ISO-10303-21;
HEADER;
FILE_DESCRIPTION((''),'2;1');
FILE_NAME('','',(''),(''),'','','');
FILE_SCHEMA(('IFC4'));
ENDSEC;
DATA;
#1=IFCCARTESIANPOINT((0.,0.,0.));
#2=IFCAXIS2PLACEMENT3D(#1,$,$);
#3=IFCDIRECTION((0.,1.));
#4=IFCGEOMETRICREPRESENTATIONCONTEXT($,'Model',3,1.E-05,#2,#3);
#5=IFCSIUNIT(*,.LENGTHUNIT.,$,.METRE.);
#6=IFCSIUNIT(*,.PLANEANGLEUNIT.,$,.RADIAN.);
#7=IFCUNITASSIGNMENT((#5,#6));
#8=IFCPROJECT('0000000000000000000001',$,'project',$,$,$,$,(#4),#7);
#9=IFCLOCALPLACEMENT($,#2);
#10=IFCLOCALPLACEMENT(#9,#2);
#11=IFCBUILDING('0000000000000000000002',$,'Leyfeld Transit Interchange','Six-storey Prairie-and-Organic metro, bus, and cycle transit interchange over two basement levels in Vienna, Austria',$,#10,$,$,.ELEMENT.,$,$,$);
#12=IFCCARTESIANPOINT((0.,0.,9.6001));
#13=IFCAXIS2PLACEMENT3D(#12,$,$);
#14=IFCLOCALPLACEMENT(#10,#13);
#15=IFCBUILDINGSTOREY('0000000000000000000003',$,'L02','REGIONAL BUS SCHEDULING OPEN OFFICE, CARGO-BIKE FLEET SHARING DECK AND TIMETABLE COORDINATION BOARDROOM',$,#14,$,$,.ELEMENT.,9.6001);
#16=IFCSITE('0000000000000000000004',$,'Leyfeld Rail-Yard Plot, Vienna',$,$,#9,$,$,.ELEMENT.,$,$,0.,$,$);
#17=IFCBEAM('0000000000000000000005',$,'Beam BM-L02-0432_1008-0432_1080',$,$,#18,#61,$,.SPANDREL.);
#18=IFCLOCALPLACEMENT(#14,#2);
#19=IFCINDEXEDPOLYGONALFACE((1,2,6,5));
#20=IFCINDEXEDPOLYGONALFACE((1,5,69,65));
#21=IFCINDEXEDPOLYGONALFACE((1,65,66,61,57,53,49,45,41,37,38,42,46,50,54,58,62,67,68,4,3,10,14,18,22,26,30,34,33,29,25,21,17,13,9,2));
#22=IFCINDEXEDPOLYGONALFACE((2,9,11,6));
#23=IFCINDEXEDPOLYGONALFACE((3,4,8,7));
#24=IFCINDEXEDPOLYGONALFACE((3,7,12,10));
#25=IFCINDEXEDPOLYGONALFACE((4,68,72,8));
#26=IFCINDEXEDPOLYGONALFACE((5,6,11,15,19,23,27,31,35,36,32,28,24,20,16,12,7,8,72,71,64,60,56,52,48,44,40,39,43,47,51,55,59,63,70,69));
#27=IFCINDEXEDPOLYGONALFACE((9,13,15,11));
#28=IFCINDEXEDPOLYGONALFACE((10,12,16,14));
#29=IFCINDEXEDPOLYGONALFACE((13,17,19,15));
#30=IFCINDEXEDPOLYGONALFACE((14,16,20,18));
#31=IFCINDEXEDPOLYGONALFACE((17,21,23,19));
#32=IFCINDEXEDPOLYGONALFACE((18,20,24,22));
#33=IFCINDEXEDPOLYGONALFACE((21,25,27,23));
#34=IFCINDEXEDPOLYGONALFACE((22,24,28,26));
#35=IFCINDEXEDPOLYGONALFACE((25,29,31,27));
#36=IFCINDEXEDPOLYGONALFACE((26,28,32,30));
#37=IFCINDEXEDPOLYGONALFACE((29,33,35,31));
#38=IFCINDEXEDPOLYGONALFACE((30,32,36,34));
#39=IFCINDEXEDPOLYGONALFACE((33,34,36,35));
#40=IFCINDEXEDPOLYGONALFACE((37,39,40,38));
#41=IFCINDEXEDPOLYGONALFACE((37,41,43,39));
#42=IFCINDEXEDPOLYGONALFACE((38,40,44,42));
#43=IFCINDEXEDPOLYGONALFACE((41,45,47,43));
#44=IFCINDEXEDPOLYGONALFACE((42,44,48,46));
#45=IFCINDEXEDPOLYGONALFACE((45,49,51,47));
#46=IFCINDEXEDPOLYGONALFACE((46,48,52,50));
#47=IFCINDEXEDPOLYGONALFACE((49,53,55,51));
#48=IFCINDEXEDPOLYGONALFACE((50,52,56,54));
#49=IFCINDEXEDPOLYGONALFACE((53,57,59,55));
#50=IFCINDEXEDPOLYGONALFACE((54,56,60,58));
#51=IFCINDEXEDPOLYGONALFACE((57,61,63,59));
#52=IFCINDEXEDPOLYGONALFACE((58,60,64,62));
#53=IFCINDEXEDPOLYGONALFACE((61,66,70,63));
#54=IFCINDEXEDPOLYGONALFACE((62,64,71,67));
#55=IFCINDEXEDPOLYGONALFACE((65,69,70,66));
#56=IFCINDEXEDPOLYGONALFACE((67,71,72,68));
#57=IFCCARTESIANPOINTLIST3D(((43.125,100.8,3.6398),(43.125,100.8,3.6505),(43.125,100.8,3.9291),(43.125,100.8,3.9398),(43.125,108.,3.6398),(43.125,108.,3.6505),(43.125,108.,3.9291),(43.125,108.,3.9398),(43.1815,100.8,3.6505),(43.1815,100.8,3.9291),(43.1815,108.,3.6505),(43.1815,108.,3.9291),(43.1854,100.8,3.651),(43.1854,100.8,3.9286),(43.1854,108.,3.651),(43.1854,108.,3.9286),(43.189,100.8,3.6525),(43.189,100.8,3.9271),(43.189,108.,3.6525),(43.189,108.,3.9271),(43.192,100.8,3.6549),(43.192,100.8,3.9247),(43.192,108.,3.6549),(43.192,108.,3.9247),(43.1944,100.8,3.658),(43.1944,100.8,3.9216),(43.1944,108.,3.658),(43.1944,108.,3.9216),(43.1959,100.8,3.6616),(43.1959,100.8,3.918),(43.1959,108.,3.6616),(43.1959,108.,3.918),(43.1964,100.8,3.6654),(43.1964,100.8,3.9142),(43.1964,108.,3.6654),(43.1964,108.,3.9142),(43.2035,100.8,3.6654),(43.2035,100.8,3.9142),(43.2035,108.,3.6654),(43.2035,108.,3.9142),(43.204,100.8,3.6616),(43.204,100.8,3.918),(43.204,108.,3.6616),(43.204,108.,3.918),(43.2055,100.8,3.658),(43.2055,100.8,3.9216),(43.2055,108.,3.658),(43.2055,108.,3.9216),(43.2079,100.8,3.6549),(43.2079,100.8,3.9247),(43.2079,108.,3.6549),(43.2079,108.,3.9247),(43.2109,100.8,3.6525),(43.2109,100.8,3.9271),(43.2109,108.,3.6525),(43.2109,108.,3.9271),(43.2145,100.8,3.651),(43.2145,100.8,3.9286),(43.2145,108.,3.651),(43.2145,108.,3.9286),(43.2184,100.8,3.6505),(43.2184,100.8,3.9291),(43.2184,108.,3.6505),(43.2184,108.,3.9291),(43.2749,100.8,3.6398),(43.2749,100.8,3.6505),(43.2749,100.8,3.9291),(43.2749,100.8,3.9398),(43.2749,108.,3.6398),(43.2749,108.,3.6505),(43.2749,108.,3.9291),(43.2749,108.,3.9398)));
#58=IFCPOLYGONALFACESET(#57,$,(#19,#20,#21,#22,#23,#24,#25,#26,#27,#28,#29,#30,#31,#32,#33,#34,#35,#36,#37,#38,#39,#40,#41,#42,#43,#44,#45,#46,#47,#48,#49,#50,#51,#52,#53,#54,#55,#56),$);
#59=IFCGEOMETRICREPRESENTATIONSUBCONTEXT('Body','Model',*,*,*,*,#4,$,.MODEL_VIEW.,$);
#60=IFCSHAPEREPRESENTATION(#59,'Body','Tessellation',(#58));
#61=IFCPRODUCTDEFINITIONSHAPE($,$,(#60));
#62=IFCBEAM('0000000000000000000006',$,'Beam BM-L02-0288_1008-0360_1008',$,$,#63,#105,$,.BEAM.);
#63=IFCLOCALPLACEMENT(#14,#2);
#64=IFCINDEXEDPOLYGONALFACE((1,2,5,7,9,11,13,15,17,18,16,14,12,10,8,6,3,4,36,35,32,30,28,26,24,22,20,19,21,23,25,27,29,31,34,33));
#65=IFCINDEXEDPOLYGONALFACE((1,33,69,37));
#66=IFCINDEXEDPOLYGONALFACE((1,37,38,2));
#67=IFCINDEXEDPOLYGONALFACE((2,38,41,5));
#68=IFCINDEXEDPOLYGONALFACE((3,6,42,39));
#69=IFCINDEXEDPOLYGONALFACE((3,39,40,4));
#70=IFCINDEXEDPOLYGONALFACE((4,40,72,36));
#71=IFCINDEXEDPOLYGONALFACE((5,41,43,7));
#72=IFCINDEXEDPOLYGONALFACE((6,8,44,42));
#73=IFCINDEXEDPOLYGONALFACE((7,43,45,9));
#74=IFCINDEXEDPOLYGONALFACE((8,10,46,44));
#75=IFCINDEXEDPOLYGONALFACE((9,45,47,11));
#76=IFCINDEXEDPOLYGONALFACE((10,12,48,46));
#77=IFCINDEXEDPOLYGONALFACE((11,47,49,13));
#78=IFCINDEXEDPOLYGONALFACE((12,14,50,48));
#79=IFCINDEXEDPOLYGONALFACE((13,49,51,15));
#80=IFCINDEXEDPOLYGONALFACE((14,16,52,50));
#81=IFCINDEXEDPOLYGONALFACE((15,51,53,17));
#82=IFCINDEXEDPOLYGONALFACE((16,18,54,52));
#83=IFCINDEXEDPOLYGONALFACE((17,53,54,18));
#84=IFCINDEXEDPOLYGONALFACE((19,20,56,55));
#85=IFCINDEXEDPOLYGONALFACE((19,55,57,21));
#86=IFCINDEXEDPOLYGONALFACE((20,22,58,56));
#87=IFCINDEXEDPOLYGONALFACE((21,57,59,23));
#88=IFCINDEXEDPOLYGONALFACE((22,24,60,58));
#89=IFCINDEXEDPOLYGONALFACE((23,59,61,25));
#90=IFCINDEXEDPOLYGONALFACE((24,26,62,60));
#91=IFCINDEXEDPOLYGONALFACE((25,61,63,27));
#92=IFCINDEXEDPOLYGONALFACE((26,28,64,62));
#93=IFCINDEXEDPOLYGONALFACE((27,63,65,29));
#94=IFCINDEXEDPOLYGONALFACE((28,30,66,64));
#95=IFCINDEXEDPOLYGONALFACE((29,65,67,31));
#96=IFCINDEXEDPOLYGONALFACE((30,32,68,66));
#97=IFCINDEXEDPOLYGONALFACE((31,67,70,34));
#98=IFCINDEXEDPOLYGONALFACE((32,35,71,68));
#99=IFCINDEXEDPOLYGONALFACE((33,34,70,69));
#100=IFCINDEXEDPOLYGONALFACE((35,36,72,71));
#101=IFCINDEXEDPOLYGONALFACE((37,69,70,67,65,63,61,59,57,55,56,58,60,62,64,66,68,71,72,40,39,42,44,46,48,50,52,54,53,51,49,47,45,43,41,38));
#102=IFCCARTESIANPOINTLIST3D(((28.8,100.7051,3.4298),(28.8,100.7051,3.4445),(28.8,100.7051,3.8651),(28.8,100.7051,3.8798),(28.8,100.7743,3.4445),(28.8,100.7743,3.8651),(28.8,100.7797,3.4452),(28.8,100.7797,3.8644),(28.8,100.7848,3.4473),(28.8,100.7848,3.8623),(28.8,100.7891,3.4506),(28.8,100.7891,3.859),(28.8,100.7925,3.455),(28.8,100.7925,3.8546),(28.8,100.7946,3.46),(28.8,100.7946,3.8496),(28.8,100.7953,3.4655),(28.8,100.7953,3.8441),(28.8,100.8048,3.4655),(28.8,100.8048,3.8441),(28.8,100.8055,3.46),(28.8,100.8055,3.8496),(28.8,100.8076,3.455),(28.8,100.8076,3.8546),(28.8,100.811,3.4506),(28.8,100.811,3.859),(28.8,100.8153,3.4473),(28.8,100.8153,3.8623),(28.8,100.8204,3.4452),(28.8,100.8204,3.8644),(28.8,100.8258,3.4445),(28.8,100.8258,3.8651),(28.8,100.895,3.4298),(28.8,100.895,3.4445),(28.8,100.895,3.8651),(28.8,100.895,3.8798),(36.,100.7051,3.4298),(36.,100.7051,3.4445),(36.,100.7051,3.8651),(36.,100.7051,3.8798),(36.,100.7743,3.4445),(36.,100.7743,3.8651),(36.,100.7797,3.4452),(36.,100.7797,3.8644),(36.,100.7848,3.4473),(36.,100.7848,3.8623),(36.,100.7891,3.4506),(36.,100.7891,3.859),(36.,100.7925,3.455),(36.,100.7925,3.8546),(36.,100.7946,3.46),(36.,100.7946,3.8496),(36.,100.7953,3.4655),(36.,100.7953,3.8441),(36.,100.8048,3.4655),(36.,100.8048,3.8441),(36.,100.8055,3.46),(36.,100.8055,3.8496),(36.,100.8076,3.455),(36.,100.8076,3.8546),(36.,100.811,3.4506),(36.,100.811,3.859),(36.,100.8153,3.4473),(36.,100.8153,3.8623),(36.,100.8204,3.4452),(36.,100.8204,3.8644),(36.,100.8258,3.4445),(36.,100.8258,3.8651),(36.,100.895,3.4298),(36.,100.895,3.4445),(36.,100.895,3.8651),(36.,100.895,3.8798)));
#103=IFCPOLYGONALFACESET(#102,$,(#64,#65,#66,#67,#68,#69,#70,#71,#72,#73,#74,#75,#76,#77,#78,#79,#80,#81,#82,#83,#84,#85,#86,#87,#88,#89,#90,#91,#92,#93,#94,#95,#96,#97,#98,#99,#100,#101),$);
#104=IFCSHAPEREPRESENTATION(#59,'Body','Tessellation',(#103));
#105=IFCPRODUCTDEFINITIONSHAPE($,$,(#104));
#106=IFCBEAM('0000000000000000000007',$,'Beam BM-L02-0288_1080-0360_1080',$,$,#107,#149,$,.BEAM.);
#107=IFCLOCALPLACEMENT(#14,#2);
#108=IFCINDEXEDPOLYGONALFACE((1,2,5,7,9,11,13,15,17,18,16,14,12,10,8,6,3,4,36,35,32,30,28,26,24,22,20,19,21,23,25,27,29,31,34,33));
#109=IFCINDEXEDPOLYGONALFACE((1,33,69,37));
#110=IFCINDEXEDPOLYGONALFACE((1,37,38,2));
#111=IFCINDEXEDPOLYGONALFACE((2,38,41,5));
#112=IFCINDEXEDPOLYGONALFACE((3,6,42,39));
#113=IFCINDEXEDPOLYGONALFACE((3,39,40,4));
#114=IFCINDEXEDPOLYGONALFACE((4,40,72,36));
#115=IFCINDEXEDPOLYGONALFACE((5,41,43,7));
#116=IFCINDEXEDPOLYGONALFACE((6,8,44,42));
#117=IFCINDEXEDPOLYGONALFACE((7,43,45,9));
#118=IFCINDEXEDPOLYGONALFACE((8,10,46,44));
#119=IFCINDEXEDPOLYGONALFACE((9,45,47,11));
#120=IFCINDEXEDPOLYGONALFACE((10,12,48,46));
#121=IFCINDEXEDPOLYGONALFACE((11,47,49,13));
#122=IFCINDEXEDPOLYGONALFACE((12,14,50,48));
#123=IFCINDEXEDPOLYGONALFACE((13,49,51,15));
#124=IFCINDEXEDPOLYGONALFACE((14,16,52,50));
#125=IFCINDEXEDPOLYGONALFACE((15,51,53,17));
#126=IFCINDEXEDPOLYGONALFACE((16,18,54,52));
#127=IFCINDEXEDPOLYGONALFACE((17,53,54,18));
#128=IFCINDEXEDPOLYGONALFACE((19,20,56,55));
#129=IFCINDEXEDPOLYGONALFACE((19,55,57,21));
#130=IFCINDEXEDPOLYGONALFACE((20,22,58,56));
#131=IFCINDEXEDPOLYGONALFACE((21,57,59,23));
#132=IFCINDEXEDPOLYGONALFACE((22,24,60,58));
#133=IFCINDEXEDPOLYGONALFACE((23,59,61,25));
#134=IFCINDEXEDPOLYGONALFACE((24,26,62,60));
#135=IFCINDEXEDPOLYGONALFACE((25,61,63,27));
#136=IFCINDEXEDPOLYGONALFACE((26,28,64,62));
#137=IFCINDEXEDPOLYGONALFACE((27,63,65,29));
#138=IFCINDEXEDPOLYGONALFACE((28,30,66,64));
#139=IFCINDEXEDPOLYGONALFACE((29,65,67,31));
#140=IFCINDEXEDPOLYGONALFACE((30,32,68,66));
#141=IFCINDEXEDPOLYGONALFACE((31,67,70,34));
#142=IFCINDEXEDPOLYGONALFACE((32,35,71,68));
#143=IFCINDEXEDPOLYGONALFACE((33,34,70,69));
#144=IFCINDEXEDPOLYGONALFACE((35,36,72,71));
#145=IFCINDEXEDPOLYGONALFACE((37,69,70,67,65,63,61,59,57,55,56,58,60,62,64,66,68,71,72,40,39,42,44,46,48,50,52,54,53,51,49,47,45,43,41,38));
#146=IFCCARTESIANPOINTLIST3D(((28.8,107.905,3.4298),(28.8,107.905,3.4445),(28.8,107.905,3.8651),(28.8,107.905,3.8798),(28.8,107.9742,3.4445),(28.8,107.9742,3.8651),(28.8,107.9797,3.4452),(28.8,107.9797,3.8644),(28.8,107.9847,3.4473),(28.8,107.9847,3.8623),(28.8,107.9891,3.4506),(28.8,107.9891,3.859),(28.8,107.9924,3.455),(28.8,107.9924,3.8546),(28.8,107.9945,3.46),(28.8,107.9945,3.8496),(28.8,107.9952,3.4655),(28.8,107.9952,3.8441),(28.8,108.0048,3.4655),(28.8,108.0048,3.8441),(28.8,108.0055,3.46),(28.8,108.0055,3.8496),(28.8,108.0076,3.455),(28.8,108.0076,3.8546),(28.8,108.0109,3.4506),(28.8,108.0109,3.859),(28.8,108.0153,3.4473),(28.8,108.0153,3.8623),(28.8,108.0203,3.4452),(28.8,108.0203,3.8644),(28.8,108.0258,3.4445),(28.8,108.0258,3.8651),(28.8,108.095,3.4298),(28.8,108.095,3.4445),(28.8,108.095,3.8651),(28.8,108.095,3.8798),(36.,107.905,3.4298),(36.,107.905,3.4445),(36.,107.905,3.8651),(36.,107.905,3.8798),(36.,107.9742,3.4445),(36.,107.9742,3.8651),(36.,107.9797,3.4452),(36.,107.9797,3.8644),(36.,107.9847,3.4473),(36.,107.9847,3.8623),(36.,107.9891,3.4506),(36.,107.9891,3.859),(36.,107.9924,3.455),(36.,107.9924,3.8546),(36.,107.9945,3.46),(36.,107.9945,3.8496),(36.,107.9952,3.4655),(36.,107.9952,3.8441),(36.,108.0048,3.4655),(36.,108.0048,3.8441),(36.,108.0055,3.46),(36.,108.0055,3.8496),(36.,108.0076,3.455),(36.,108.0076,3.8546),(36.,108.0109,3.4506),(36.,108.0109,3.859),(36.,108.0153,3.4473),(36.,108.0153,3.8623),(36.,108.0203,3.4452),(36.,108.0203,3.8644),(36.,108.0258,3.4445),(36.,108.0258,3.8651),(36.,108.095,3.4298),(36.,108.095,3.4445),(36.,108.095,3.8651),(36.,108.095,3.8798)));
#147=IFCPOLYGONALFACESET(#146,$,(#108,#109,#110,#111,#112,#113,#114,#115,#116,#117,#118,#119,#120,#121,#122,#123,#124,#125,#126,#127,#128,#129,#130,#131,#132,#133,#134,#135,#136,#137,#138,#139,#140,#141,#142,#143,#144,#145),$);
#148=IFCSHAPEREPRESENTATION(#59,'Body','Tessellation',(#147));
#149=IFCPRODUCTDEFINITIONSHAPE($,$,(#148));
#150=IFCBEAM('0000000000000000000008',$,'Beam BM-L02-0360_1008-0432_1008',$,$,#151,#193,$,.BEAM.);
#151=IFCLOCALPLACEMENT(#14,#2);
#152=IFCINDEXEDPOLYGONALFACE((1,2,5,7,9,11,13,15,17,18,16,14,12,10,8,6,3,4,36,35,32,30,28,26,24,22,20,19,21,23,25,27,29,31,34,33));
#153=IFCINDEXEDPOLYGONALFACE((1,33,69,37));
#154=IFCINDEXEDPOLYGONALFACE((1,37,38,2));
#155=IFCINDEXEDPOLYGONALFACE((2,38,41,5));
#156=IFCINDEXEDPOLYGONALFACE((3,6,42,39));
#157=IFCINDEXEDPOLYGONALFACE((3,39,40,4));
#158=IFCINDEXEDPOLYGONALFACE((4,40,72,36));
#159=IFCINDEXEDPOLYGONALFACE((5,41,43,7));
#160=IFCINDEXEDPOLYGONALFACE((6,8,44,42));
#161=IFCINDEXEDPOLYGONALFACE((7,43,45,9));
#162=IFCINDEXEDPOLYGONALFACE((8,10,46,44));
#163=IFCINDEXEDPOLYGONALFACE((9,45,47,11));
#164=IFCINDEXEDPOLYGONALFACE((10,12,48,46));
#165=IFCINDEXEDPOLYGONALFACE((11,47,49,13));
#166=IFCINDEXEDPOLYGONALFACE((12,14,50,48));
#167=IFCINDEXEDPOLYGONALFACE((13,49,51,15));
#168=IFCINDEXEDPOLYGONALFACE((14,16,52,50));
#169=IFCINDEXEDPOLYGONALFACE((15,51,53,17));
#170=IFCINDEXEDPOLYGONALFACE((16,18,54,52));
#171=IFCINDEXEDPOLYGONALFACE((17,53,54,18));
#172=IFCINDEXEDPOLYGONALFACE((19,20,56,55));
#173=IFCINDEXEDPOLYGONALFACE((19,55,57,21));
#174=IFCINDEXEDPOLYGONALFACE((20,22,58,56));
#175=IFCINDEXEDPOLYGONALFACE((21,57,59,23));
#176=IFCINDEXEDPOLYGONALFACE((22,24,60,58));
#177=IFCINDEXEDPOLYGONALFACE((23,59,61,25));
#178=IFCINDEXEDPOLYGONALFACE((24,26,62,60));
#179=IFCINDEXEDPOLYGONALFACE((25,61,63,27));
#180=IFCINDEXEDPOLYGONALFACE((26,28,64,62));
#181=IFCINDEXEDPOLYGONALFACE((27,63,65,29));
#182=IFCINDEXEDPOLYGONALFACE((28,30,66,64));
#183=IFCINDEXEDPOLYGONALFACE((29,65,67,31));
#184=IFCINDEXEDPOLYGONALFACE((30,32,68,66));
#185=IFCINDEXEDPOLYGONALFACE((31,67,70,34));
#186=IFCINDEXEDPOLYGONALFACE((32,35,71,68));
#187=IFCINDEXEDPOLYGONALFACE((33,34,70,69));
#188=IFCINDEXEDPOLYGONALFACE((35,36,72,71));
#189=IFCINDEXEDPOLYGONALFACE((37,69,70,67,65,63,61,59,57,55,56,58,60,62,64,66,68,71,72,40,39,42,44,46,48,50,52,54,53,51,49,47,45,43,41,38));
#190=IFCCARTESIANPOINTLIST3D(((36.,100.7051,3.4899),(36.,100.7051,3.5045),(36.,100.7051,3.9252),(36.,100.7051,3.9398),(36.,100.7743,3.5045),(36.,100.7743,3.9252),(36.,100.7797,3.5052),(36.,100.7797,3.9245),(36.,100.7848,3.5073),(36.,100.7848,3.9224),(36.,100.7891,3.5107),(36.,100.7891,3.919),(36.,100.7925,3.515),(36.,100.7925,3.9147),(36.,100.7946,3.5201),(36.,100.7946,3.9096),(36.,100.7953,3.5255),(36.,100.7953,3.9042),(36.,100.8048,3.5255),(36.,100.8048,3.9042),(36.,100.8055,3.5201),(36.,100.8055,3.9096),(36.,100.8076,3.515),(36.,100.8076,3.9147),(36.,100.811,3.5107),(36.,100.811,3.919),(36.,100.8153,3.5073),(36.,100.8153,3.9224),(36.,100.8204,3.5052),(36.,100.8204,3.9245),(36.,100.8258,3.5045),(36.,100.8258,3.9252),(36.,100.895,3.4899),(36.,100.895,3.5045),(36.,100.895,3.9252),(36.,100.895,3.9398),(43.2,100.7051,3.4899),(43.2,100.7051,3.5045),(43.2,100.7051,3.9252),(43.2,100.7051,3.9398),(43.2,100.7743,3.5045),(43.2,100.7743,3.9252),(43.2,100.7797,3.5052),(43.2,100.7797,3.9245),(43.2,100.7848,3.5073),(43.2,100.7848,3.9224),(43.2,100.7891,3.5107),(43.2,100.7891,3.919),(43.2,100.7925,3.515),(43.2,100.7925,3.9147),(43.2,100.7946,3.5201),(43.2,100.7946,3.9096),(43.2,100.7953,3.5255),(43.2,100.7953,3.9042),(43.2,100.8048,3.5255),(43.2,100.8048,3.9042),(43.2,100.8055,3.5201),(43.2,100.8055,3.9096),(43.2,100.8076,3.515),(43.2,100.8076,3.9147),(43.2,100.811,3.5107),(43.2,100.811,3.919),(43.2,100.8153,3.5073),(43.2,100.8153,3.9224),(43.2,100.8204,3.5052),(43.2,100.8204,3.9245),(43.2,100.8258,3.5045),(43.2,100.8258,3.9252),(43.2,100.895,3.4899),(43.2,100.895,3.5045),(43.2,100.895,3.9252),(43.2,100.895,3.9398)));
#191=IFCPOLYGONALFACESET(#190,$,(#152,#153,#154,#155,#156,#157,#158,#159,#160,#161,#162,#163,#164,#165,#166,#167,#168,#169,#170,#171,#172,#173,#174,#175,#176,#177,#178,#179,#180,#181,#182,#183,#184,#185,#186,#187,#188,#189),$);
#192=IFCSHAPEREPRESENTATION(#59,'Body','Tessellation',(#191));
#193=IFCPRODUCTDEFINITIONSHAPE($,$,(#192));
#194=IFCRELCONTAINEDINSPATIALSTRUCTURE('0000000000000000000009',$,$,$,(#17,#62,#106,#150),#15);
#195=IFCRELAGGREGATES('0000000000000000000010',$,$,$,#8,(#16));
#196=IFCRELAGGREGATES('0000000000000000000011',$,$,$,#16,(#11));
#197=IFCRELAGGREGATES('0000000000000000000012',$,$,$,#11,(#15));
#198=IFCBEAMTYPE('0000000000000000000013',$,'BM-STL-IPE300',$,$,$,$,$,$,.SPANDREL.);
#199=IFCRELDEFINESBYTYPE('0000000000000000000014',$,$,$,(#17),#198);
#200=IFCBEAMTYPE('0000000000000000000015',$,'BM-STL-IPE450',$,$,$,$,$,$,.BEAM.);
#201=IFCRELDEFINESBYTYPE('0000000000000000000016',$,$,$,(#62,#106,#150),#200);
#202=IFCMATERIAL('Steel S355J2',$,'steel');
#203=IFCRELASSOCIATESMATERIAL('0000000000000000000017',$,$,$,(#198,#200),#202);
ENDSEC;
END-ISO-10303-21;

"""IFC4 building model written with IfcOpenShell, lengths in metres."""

from ifc_helpers import new_model, si_unit, direction, frame, origin, origin_2d, place, context, subcontext, project, spatial, i_section, extrude, material, material_profile, profile_set, type_object, element, save


model = new_model("IFC4")

# Units and contexts
model_context = context("Model", 3, precision=1e-05, world=origin(), true_north=direction((0.0, 1.0)))
body_context = subcontext(model_context, "Body", "Model", "MODEL_VIEW")
ifc_project = project(units=[si_unit("LENGTHUNIT", "METRE"), si_unit("PLANEANGLEUNIT", "RADIAN")], contexts=[model_context])

# Site, building, storey
site_placement = place(None, origin())
site = spatial("IfcSite", under=ifc_project, at=site_placement, Name="Leyfeld Rail-Yard Plot, Vienna", CompositionType="ELEMENT", RefElevation=0.0)
building_placement = place(site_placement, origin())
building = spatial("IfcBuilding", under=site, at=building_placement, Name="Leyfeld Transit Interchange", Description="Six-storey Prairie-and-Organic metro, bus, and cycle transit interchange over two basement levels in Vienna, Austria", CompositionType="ELEMENT")
storey_placement = place(building_placement, frame((0.0, 0.0, 9.6001)))
storey = spatial("IfcBuildingStorey", under=building, at=storey_placement, Name="L02", Description="REGIONAL BUS SCHEDULING OPEN OFFICE, CARGO-BIKE FLEET SHARING DECK AND TIMETABLE COORDINATION BOARDROOM", CompositionType="ELEMENT", Elevation=9.6001)

# Beams
ifc_material_1 = material(Name="Steel S355J2", Category="steel")
ifc_material_profile_1 = material_profile(ifc_material_1, i_section(OverallWidth=0.1499, OverallDepth=0.3, WebThickness=0.0071, FlangeThickness=0.0107, FilletRadius=0.0149, at=origin_2d()), Name="IPE 300")
ifc_profile_set_1 = profile_set([ifc_material_profile_1], Name="Steel S355J2")
beam_type_1 = type_object("IfcBeamType", Name="BM-STL-IPE300", PredefinedType="SPANDREL", material=ifc_profile_set_1)
for number, where, z_axis, x_axis, name in (
    (1, (43.2, 100.8, 3.7898), (0.0, 1.0, 0.0), (-1.0, 0.0, 0.0), "Beam BM-L02-0432_1008-0432_1080"),
):
    element("IfcBeam", number, at=place(storey_placement, frame(where, z_axis=z_axis, x_axis=x_axis)), inside=storey, type_object=beam_type_1, Name=name, PredefinedType="SPANDREL", context=body_context, shape_type="SweptSolid", body=[
        extrude(i_section(OverallWidth=0.1499, OverallDepth=0.3, WebThickness=0.0071, FlangeThickness=0.0107, FilletRadius=0.0149, at=origin_2d()), origin(), (0.0, 0.0, 1.0), 7.2),
    ])
ifc_material_profile_2 = material_profile(ifc_material_1, i_section(OverallWidth=0.1899, OverallDepth=0.45, WebThickness=0.0095, FlangeThickness=0.0146, FilletRadius=0.021, at=origin_2d()), Name="IPE 450")
ifc_profile_set_2 = profile_set([ifc_material_profile_2], Name="Steel S355J2")
beam_type_2 = type_object("IfcBeamType", Name="BM-STL-IPE450", PredefinedType="BEAM", material=ifc_profile_set_2)
for number, where, z_axis, x_axis, name in (
    (2, (28.8, 100.8, 3.6548), (1.0, 0.0, 0.0), (0.0, 1.0, 0.0), "Beam BM-L02-0288_1008-0360_1008"),
    (3, (28.8, 108.0, 3.6548), (1.0, 0.0, 0.0), (0.0, 1.0, 0.0), "Beam BM-L02-0288_1080-0360_1080"),
    (4, (36.0, 100.8, 3.7148), (1.0, 0.0, 0.0), (0.0, 1.0, 0.0), "Beam BM-L02-0360_1008-0432_1008"),
):
    element("IfcBeam", number, at=place(storey_placement, frame(where, z_axis=z_axis, x_axis=x_axis)), inside=storey, type_object=beam_type_2, Name=name, PredefinedType="BEAM", context=body_context, shape_type="SweptSolid", body=[
        extrude(i_section(OverallWidth=0.1899, OverallDepth=0.45, WebThickness=0.0095, FlangeThickness=0.0146, FilletRadius=0.021, at=origin_2d()), origin(), (0.0, 0.0, 1.0), 7.2),
    ])

save(model, "model.ifc")
